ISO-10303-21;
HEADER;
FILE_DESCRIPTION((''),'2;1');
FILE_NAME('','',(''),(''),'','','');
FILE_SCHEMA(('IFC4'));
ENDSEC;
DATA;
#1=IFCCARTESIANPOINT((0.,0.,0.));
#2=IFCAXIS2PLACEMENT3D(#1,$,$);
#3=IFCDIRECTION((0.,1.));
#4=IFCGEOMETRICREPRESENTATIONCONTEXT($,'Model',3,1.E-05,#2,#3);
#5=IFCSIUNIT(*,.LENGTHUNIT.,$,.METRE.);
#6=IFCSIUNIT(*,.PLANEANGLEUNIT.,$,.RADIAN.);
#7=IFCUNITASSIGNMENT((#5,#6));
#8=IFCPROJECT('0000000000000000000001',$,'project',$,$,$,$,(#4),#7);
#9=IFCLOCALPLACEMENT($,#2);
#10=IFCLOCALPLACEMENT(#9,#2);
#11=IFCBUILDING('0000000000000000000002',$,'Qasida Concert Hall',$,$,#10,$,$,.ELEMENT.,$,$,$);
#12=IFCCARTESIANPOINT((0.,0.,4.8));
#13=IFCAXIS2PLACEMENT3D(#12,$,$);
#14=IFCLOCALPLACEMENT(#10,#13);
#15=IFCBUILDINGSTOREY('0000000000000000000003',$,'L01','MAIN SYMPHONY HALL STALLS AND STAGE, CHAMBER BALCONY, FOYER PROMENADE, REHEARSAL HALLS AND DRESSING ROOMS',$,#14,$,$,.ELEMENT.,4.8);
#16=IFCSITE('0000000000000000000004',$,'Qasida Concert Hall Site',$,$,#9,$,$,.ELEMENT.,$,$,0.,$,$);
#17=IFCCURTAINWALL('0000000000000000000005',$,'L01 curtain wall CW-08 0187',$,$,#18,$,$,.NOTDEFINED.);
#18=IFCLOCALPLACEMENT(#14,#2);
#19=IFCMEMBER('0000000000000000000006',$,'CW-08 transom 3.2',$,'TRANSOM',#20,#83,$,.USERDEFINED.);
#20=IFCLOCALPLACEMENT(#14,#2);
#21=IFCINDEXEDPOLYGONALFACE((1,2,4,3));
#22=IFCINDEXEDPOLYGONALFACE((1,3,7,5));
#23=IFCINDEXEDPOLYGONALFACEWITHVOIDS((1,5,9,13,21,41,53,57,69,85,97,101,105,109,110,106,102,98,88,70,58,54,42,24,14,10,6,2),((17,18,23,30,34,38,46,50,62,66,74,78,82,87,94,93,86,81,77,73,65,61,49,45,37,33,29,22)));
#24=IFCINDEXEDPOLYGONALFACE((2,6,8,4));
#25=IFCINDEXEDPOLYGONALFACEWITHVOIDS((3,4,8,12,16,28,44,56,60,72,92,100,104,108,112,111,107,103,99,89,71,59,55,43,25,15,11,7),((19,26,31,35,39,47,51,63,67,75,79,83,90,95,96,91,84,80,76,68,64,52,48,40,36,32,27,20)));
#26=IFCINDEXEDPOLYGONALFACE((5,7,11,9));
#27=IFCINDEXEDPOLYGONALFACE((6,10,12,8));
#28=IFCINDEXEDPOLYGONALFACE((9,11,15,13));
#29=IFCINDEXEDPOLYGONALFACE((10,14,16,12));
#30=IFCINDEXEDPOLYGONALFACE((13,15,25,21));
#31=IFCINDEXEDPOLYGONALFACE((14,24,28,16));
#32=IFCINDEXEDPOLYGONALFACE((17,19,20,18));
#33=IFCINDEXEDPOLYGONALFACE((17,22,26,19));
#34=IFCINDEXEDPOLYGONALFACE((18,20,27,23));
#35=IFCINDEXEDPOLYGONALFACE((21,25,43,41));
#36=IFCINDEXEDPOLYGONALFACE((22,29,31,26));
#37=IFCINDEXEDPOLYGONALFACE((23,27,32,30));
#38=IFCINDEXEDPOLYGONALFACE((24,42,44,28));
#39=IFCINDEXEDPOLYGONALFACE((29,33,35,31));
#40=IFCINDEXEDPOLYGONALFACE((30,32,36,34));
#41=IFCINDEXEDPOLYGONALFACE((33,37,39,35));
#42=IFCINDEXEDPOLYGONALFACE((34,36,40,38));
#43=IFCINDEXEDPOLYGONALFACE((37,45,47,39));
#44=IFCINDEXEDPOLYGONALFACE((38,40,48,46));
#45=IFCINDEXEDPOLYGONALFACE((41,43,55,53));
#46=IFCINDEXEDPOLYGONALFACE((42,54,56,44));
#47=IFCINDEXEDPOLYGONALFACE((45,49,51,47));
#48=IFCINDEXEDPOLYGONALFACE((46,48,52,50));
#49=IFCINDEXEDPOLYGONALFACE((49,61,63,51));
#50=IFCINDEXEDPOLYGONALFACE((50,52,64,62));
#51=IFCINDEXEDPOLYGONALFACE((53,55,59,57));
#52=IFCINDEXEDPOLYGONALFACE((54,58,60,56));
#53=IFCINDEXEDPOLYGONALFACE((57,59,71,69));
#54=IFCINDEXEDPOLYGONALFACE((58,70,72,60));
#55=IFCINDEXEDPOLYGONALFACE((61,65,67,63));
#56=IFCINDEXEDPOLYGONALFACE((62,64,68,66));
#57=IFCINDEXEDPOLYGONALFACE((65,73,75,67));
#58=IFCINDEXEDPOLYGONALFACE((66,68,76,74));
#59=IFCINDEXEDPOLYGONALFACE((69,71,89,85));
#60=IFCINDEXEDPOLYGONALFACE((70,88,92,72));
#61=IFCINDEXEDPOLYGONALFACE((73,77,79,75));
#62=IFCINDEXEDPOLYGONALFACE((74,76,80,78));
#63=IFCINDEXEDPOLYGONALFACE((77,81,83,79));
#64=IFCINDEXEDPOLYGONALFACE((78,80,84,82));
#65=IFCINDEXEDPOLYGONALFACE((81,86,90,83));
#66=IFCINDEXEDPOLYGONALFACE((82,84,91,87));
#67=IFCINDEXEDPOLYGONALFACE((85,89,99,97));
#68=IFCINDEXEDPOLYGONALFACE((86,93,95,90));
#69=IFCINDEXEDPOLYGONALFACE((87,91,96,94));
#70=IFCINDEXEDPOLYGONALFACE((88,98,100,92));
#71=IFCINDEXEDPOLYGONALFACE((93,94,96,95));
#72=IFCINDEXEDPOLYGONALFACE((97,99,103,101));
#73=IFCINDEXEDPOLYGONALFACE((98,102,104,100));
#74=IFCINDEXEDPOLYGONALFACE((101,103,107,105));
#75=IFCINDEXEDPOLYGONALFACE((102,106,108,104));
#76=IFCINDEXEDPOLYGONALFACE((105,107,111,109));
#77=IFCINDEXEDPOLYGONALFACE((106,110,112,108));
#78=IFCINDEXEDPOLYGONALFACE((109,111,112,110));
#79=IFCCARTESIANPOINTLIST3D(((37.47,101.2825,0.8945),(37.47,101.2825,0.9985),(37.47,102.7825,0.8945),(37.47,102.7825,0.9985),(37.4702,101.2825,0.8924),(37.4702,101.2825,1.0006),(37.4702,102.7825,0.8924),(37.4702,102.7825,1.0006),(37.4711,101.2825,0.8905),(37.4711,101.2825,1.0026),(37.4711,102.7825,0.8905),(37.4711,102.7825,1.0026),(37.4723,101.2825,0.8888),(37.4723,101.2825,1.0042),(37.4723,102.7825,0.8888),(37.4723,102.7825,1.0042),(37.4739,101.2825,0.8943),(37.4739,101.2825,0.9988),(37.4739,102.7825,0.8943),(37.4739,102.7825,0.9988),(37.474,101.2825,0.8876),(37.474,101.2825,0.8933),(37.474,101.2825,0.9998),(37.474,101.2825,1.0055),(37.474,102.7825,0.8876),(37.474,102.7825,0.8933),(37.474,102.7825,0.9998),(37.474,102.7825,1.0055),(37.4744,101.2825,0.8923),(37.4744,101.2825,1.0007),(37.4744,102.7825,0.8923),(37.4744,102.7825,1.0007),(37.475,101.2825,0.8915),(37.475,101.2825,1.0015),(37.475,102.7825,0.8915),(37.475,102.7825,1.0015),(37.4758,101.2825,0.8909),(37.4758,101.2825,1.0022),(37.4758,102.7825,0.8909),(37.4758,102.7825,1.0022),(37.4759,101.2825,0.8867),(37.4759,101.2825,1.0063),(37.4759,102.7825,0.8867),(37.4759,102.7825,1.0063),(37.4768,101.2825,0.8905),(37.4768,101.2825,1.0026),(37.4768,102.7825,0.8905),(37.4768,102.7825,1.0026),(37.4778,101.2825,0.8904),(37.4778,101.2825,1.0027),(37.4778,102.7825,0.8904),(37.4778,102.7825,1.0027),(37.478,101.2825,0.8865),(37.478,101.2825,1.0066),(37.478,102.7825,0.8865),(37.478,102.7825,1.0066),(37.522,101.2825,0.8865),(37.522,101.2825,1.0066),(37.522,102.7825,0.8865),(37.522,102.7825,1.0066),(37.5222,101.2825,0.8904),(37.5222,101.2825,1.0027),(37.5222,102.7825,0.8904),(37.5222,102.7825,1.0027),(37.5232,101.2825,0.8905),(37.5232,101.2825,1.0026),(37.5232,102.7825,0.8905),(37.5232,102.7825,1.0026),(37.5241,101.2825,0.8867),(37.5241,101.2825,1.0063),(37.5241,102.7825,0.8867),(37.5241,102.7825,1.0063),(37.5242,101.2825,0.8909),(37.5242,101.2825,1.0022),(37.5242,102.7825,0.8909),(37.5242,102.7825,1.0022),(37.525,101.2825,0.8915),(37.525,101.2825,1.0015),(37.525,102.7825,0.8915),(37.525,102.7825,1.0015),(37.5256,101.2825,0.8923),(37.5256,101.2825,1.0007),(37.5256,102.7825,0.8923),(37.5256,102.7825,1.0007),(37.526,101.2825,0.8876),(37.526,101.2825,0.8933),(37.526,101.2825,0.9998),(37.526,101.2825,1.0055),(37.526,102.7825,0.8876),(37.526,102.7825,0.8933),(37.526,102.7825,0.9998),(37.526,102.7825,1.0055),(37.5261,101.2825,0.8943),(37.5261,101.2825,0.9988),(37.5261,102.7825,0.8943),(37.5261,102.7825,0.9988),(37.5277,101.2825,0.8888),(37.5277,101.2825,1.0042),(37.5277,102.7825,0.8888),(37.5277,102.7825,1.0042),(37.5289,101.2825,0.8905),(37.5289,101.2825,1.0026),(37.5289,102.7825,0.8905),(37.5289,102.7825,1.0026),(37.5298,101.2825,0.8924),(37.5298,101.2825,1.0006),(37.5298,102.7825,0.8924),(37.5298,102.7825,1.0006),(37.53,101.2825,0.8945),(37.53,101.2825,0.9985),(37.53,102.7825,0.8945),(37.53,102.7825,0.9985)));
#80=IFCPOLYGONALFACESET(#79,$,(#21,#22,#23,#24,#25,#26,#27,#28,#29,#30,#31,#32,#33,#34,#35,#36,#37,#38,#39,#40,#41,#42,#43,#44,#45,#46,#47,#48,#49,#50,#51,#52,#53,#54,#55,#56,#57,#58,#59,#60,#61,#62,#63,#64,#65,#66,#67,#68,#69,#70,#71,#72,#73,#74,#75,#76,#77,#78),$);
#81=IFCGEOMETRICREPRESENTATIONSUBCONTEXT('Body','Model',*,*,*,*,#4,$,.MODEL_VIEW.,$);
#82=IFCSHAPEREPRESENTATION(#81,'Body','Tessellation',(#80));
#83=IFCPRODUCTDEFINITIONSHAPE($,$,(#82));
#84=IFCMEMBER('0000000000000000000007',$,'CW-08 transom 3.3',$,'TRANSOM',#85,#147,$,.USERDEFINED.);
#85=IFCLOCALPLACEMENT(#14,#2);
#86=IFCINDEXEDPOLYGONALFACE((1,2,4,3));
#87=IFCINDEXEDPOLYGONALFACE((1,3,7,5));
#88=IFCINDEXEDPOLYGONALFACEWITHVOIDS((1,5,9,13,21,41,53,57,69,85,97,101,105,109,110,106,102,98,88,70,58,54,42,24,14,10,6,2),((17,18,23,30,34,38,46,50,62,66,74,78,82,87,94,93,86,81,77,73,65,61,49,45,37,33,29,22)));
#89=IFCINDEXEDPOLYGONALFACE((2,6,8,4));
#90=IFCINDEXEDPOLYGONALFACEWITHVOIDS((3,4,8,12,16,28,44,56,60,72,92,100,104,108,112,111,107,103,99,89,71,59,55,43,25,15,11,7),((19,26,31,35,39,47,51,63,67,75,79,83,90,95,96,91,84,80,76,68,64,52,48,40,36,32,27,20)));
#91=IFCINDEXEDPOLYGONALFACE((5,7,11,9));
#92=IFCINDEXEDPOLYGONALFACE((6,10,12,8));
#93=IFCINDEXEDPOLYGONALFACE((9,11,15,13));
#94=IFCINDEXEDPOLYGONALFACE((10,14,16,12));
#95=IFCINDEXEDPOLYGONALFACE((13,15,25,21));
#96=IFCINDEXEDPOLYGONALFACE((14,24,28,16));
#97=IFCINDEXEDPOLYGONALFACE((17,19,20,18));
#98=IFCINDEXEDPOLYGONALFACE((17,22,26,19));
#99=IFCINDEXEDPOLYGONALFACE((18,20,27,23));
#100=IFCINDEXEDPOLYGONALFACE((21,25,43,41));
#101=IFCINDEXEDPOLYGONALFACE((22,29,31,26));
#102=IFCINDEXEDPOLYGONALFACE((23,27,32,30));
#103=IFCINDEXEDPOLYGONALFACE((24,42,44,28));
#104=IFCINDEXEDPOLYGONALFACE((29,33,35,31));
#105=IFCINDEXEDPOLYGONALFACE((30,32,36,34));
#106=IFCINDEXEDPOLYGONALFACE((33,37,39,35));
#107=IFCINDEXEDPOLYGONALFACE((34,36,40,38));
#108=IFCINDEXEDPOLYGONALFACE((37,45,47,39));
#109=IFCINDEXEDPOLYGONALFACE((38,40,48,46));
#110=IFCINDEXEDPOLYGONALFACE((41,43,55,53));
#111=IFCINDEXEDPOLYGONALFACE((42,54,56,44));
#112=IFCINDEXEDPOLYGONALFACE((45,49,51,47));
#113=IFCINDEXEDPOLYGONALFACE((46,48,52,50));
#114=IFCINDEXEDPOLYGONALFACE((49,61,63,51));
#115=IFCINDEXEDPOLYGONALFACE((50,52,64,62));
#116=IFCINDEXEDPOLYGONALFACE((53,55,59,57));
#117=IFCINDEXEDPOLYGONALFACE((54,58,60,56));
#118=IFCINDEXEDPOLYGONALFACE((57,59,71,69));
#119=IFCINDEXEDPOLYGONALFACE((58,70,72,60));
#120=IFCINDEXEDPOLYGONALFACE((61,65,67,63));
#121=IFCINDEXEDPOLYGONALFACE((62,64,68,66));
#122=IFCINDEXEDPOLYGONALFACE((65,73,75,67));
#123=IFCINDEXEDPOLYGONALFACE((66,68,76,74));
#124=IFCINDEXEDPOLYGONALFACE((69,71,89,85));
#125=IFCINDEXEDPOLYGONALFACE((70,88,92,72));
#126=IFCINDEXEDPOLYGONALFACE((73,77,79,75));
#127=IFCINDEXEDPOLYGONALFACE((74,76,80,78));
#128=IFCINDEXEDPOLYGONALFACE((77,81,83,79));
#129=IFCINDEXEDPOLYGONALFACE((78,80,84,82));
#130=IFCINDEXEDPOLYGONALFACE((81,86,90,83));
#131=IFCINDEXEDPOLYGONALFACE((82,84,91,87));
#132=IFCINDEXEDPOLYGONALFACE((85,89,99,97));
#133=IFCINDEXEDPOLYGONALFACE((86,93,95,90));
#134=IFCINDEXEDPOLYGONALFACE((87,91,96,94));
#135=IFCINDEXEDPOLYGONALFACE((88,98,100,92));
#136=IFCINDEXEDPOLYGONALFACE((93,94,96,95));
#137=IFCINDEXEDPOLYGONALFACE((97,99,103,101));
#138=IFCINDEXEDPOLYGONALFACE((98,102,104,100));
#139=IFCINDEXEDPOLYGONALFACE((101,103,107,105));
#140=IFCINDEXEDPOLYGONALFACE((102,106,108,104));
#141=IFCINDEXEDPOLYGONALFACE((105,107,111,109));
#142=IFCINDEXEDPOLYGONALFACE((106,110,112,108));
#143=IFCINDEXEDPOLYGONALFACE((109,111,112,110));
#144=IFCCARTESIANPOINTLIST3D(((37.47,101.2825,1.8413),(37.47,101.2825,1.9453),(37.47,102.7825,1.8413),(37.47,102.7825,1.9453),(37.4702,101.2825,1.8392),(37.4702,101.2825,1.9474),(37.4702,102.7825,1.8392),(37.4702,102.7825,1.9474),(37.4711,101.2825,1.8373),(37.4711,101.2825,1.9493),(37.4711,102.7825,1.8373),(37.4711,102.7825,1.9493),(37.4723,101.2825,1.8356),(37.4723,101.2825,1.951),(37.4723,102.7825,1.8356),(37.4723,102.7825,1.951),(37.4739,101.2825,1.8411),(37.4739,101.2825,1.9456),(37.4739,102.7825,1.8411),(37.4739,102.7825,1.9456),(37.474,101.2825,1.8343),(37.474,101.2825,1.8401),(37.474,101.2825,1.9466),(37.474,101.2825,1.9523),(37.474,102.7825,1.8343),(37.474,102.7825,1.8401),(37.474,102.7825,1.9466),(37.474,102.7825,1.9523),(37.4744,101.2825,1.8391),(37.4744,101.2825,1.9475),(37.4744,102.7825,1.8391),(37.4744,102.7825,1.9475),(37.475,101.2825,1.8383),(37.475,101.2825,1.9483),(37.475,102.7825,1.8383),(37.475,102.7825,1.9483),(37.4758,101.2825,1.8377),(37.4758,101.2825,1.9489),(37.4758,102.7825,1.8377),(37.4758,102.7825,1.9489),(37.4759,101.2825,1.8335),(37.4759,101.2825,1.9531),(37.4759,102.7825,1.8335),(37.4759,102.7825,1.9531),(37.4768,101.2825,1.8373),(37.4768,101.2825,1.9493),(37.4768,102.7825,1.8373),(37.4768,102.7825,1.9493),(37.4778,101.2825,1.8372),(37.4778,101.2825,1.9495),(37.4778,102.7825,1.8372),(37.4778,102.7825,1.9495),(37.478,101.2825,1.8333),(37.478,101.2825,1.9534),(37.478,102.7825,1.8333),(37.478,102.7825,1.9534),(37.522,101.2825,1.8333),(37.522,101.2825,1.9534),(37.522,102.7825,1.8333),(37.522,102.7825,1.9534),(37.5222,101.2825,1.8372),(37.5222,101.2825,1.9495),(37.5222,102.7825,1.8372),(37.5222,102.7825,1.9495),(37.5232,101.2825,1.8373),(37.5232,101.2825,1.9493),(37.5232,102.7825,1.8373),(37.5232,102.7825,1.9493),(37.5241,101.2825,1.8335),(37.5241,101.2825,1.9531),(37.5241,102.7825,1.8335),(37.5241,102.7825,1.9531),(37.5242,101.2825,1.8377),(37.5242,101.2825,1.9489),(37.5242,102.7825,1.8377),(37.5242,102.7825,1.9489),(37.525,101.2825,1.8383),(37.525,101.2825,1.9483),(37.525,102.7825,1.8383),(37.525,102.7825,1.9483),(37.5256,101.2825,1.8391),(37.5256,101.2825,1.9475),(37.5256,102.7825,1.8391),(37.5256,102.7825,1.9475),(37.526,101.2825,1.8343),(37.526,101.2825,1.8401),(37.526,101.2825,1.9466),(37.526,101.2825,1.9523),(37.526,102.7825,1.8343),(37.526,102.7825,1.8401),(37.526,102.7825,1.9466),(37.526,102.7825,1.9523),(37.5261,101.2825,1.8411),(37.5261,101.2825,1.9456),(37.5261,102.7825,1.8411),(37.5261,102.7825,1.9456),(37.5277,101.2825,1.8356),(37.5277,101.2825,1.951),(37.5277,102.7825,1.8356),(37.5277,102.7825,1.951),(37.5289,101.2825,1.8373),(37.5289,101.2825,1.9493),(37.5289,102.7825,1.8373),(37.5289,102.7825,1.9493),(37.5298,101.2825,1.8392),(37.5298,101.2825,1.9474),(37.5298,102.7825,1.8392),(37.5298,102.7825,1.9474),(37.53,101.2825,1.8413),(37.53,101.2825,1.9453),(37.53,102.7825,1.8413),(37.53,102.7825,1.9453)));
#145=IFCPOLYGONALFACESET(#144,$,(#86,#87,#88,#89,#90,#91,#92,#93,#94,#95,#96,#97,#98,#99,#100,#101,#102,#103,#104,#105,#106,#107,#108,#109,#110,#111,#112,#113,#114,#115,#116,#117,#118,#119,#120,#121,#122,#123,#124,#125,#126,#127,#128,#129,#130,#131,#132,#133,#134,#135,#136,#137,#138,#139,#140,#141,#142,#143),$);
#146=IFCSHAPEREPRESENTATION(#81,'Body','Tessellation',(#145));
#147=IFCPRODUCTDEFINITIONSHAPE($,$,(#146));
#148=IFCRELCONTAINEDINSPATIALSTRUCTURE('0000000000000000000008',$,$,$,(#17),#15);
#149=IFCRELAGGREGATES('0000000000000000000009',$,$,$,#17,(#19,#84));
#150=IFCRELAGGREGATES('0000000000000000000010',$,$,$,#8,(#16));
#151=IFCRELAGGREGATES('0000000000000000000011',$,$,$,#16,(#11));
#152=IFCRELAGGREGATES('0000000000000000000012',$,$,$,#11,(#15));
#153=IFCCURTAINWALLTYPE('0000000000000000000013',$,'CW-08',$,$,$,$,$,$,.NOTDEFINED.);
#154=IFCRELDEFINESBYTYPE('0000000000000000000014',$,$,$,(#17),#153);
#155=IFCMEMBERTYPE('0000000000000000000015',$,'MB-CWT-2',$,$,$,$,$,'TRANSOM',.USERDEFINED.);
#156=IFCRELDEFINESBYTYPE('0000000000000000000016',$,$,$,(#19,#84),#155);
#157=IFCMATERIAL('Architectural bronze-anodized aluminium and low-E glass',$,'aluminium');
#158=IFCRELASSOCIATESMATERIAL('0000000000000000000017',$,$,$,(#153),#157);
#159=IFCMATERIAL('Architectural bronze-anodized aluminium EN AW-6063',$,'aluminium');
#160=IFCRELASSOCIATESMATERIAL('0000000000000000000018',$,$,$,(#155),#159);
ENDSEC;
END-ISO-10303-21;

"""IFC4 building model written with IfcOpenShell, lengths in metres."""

from ifc_helpers import new_model, si_unit, direction, frame, origin, origin_2d, place, context, subcontext, project, spatial, hollow_rectangle, extrude, material, material_profile, profile_set, type_object, element, aggregate, save


model = new_model("IFC4")

# Units and contexts
model_context = context("Model", 3, precision=1e-05, world=origin(), true_north=direction((0.0, 1.0)))
body_context = subcontext(model_context, "Body", "Model", "MODEL_VIEW")
ifc_project = project(units=[si_unit("LENGTHUNIT", "METRE"), si_unit("PLANEANGLEUNIT", "RADIAN")], contexts=[model_context])

# Site, building, storey
site_placement = place(None, origin())
site = spatial("IfcSite", under=ifc_project, at=site_placement, Name="Qasida Concert Hall Site", CompositionType="ELEMENT", RefElevation=0.0)
building_placement = place(site_placement, origin())
building = spatial("IfcBuilding", under=site, at=building_placement, Name="Qasida Concert Hall", CompositionType="ELEMENT")
storey_placement = place(building_placement, frame((0.0, 0.0, 4.8)))
storey = spatial("IfcBuildingStorey", under=building, at=storey_placement, Name="L01", Description="MAIN SYMPHONY HALL STALLS AND STAGE, CHAMBER BALCONY, FOYER PROMENADE, REHEARSAL HALLS AND DRESSING ROOMS", CompositionType="ELEMENT", Elevation=4.8)

# Curtain wall, members
ifc_material_1 = material(Name="Architectural bronze-anodized aluminium and low-E glass", Category="aluminium")
curtain_wall_type = type_object("IfcCurtainWallType", Name="CW-08", PredefinedType="NOTDEFINED", material=ifc_material_1)
curtain_wall_placement = place(storey_placement, origin())
curtain_wall = element("IfcCurtainWall", 1, at=curtain_wall_placement, inside=storey, type_object=curtain_wall_type, Name="L01 curtain wall CW-08 0187", PredefinedType="NOTDEFINED")
ifc_material_2 = material(Name="Architectural bronze-anodized aluminium EN AW-6063", Category="aluminium")
ifc_material_profile_1 = material_profile(ifc_material_2, hollow_rectangle(XDim=0.0601, YDim=0.1201, WallThickness=0.0039, InnerFilletRadius=0.0039, OuterFilletRadius=0.0081, at=origin_2d()), Name="CWT 120x60x4")
ifc_profile_set_1 = profile_set([ifc_material_profile_1], Name="Architectural bronze-anodized aluminium EN AW-6063")
member_type_1 = type_object("IfcMemberType", Name="MB-CWT-2", ElementType="TRANSOM", PredefinedType="USERDEFINED", material=ifc_profile_set_1)
member_1_placement = place(storey_placement, frame((37.5, 101.2825, 0.9465), z_axis=(0.0, 1.0, 0.0), x_axis=(-1.0, 0.0, 0.0)))
member_1 = element("IfcMember", 2, at=member_1_placement, type_object=member_type_1, Name="CW-08 transom 3.2", ObjectType="TRANSOM", PredefinedType="USERDEFINED", context=body_context, shape_type="SweptSolid", body=[
    extrude(hollow_rectangle(XDim=0.0601, YDim=0.1201, WallThickness=0.0039, InnerFilletRadius=0.0039, OuterFilletRadius=0.0081, at=origin_2d()), origin(), (0.0, 0.0, 1.0), 1.5),
])
member_2_placement = place(storey_placement, frame((37.5, 101.2825, 1.8933), z_axis=(0.0, 1.0, 0.0), x_axis=(-1.0, 0.0, 0.0)))
member_2 = element("IfcMember", 3, at=member_2_placement, type_object=member_type_1, Name="CW-08 transom 3.3", ObjectType="TRANSOM", PredefinedType="USERDEFINED", context=body_context, shape_type="SweptSolid", body=[
    extrude(hollow_rectangle(XDim=0.0601, YDim=0.1201, WallThickness=0.0039, InnerFilletRadius=0.0039, OuterFilletRadius=0.0081, at=origin_2d()), origin(), (0.0, 0.0, 1.0), 1.5),
])
aggregate(curtain_wall, [member_1, member_2])

save(model, "model.ifc")
